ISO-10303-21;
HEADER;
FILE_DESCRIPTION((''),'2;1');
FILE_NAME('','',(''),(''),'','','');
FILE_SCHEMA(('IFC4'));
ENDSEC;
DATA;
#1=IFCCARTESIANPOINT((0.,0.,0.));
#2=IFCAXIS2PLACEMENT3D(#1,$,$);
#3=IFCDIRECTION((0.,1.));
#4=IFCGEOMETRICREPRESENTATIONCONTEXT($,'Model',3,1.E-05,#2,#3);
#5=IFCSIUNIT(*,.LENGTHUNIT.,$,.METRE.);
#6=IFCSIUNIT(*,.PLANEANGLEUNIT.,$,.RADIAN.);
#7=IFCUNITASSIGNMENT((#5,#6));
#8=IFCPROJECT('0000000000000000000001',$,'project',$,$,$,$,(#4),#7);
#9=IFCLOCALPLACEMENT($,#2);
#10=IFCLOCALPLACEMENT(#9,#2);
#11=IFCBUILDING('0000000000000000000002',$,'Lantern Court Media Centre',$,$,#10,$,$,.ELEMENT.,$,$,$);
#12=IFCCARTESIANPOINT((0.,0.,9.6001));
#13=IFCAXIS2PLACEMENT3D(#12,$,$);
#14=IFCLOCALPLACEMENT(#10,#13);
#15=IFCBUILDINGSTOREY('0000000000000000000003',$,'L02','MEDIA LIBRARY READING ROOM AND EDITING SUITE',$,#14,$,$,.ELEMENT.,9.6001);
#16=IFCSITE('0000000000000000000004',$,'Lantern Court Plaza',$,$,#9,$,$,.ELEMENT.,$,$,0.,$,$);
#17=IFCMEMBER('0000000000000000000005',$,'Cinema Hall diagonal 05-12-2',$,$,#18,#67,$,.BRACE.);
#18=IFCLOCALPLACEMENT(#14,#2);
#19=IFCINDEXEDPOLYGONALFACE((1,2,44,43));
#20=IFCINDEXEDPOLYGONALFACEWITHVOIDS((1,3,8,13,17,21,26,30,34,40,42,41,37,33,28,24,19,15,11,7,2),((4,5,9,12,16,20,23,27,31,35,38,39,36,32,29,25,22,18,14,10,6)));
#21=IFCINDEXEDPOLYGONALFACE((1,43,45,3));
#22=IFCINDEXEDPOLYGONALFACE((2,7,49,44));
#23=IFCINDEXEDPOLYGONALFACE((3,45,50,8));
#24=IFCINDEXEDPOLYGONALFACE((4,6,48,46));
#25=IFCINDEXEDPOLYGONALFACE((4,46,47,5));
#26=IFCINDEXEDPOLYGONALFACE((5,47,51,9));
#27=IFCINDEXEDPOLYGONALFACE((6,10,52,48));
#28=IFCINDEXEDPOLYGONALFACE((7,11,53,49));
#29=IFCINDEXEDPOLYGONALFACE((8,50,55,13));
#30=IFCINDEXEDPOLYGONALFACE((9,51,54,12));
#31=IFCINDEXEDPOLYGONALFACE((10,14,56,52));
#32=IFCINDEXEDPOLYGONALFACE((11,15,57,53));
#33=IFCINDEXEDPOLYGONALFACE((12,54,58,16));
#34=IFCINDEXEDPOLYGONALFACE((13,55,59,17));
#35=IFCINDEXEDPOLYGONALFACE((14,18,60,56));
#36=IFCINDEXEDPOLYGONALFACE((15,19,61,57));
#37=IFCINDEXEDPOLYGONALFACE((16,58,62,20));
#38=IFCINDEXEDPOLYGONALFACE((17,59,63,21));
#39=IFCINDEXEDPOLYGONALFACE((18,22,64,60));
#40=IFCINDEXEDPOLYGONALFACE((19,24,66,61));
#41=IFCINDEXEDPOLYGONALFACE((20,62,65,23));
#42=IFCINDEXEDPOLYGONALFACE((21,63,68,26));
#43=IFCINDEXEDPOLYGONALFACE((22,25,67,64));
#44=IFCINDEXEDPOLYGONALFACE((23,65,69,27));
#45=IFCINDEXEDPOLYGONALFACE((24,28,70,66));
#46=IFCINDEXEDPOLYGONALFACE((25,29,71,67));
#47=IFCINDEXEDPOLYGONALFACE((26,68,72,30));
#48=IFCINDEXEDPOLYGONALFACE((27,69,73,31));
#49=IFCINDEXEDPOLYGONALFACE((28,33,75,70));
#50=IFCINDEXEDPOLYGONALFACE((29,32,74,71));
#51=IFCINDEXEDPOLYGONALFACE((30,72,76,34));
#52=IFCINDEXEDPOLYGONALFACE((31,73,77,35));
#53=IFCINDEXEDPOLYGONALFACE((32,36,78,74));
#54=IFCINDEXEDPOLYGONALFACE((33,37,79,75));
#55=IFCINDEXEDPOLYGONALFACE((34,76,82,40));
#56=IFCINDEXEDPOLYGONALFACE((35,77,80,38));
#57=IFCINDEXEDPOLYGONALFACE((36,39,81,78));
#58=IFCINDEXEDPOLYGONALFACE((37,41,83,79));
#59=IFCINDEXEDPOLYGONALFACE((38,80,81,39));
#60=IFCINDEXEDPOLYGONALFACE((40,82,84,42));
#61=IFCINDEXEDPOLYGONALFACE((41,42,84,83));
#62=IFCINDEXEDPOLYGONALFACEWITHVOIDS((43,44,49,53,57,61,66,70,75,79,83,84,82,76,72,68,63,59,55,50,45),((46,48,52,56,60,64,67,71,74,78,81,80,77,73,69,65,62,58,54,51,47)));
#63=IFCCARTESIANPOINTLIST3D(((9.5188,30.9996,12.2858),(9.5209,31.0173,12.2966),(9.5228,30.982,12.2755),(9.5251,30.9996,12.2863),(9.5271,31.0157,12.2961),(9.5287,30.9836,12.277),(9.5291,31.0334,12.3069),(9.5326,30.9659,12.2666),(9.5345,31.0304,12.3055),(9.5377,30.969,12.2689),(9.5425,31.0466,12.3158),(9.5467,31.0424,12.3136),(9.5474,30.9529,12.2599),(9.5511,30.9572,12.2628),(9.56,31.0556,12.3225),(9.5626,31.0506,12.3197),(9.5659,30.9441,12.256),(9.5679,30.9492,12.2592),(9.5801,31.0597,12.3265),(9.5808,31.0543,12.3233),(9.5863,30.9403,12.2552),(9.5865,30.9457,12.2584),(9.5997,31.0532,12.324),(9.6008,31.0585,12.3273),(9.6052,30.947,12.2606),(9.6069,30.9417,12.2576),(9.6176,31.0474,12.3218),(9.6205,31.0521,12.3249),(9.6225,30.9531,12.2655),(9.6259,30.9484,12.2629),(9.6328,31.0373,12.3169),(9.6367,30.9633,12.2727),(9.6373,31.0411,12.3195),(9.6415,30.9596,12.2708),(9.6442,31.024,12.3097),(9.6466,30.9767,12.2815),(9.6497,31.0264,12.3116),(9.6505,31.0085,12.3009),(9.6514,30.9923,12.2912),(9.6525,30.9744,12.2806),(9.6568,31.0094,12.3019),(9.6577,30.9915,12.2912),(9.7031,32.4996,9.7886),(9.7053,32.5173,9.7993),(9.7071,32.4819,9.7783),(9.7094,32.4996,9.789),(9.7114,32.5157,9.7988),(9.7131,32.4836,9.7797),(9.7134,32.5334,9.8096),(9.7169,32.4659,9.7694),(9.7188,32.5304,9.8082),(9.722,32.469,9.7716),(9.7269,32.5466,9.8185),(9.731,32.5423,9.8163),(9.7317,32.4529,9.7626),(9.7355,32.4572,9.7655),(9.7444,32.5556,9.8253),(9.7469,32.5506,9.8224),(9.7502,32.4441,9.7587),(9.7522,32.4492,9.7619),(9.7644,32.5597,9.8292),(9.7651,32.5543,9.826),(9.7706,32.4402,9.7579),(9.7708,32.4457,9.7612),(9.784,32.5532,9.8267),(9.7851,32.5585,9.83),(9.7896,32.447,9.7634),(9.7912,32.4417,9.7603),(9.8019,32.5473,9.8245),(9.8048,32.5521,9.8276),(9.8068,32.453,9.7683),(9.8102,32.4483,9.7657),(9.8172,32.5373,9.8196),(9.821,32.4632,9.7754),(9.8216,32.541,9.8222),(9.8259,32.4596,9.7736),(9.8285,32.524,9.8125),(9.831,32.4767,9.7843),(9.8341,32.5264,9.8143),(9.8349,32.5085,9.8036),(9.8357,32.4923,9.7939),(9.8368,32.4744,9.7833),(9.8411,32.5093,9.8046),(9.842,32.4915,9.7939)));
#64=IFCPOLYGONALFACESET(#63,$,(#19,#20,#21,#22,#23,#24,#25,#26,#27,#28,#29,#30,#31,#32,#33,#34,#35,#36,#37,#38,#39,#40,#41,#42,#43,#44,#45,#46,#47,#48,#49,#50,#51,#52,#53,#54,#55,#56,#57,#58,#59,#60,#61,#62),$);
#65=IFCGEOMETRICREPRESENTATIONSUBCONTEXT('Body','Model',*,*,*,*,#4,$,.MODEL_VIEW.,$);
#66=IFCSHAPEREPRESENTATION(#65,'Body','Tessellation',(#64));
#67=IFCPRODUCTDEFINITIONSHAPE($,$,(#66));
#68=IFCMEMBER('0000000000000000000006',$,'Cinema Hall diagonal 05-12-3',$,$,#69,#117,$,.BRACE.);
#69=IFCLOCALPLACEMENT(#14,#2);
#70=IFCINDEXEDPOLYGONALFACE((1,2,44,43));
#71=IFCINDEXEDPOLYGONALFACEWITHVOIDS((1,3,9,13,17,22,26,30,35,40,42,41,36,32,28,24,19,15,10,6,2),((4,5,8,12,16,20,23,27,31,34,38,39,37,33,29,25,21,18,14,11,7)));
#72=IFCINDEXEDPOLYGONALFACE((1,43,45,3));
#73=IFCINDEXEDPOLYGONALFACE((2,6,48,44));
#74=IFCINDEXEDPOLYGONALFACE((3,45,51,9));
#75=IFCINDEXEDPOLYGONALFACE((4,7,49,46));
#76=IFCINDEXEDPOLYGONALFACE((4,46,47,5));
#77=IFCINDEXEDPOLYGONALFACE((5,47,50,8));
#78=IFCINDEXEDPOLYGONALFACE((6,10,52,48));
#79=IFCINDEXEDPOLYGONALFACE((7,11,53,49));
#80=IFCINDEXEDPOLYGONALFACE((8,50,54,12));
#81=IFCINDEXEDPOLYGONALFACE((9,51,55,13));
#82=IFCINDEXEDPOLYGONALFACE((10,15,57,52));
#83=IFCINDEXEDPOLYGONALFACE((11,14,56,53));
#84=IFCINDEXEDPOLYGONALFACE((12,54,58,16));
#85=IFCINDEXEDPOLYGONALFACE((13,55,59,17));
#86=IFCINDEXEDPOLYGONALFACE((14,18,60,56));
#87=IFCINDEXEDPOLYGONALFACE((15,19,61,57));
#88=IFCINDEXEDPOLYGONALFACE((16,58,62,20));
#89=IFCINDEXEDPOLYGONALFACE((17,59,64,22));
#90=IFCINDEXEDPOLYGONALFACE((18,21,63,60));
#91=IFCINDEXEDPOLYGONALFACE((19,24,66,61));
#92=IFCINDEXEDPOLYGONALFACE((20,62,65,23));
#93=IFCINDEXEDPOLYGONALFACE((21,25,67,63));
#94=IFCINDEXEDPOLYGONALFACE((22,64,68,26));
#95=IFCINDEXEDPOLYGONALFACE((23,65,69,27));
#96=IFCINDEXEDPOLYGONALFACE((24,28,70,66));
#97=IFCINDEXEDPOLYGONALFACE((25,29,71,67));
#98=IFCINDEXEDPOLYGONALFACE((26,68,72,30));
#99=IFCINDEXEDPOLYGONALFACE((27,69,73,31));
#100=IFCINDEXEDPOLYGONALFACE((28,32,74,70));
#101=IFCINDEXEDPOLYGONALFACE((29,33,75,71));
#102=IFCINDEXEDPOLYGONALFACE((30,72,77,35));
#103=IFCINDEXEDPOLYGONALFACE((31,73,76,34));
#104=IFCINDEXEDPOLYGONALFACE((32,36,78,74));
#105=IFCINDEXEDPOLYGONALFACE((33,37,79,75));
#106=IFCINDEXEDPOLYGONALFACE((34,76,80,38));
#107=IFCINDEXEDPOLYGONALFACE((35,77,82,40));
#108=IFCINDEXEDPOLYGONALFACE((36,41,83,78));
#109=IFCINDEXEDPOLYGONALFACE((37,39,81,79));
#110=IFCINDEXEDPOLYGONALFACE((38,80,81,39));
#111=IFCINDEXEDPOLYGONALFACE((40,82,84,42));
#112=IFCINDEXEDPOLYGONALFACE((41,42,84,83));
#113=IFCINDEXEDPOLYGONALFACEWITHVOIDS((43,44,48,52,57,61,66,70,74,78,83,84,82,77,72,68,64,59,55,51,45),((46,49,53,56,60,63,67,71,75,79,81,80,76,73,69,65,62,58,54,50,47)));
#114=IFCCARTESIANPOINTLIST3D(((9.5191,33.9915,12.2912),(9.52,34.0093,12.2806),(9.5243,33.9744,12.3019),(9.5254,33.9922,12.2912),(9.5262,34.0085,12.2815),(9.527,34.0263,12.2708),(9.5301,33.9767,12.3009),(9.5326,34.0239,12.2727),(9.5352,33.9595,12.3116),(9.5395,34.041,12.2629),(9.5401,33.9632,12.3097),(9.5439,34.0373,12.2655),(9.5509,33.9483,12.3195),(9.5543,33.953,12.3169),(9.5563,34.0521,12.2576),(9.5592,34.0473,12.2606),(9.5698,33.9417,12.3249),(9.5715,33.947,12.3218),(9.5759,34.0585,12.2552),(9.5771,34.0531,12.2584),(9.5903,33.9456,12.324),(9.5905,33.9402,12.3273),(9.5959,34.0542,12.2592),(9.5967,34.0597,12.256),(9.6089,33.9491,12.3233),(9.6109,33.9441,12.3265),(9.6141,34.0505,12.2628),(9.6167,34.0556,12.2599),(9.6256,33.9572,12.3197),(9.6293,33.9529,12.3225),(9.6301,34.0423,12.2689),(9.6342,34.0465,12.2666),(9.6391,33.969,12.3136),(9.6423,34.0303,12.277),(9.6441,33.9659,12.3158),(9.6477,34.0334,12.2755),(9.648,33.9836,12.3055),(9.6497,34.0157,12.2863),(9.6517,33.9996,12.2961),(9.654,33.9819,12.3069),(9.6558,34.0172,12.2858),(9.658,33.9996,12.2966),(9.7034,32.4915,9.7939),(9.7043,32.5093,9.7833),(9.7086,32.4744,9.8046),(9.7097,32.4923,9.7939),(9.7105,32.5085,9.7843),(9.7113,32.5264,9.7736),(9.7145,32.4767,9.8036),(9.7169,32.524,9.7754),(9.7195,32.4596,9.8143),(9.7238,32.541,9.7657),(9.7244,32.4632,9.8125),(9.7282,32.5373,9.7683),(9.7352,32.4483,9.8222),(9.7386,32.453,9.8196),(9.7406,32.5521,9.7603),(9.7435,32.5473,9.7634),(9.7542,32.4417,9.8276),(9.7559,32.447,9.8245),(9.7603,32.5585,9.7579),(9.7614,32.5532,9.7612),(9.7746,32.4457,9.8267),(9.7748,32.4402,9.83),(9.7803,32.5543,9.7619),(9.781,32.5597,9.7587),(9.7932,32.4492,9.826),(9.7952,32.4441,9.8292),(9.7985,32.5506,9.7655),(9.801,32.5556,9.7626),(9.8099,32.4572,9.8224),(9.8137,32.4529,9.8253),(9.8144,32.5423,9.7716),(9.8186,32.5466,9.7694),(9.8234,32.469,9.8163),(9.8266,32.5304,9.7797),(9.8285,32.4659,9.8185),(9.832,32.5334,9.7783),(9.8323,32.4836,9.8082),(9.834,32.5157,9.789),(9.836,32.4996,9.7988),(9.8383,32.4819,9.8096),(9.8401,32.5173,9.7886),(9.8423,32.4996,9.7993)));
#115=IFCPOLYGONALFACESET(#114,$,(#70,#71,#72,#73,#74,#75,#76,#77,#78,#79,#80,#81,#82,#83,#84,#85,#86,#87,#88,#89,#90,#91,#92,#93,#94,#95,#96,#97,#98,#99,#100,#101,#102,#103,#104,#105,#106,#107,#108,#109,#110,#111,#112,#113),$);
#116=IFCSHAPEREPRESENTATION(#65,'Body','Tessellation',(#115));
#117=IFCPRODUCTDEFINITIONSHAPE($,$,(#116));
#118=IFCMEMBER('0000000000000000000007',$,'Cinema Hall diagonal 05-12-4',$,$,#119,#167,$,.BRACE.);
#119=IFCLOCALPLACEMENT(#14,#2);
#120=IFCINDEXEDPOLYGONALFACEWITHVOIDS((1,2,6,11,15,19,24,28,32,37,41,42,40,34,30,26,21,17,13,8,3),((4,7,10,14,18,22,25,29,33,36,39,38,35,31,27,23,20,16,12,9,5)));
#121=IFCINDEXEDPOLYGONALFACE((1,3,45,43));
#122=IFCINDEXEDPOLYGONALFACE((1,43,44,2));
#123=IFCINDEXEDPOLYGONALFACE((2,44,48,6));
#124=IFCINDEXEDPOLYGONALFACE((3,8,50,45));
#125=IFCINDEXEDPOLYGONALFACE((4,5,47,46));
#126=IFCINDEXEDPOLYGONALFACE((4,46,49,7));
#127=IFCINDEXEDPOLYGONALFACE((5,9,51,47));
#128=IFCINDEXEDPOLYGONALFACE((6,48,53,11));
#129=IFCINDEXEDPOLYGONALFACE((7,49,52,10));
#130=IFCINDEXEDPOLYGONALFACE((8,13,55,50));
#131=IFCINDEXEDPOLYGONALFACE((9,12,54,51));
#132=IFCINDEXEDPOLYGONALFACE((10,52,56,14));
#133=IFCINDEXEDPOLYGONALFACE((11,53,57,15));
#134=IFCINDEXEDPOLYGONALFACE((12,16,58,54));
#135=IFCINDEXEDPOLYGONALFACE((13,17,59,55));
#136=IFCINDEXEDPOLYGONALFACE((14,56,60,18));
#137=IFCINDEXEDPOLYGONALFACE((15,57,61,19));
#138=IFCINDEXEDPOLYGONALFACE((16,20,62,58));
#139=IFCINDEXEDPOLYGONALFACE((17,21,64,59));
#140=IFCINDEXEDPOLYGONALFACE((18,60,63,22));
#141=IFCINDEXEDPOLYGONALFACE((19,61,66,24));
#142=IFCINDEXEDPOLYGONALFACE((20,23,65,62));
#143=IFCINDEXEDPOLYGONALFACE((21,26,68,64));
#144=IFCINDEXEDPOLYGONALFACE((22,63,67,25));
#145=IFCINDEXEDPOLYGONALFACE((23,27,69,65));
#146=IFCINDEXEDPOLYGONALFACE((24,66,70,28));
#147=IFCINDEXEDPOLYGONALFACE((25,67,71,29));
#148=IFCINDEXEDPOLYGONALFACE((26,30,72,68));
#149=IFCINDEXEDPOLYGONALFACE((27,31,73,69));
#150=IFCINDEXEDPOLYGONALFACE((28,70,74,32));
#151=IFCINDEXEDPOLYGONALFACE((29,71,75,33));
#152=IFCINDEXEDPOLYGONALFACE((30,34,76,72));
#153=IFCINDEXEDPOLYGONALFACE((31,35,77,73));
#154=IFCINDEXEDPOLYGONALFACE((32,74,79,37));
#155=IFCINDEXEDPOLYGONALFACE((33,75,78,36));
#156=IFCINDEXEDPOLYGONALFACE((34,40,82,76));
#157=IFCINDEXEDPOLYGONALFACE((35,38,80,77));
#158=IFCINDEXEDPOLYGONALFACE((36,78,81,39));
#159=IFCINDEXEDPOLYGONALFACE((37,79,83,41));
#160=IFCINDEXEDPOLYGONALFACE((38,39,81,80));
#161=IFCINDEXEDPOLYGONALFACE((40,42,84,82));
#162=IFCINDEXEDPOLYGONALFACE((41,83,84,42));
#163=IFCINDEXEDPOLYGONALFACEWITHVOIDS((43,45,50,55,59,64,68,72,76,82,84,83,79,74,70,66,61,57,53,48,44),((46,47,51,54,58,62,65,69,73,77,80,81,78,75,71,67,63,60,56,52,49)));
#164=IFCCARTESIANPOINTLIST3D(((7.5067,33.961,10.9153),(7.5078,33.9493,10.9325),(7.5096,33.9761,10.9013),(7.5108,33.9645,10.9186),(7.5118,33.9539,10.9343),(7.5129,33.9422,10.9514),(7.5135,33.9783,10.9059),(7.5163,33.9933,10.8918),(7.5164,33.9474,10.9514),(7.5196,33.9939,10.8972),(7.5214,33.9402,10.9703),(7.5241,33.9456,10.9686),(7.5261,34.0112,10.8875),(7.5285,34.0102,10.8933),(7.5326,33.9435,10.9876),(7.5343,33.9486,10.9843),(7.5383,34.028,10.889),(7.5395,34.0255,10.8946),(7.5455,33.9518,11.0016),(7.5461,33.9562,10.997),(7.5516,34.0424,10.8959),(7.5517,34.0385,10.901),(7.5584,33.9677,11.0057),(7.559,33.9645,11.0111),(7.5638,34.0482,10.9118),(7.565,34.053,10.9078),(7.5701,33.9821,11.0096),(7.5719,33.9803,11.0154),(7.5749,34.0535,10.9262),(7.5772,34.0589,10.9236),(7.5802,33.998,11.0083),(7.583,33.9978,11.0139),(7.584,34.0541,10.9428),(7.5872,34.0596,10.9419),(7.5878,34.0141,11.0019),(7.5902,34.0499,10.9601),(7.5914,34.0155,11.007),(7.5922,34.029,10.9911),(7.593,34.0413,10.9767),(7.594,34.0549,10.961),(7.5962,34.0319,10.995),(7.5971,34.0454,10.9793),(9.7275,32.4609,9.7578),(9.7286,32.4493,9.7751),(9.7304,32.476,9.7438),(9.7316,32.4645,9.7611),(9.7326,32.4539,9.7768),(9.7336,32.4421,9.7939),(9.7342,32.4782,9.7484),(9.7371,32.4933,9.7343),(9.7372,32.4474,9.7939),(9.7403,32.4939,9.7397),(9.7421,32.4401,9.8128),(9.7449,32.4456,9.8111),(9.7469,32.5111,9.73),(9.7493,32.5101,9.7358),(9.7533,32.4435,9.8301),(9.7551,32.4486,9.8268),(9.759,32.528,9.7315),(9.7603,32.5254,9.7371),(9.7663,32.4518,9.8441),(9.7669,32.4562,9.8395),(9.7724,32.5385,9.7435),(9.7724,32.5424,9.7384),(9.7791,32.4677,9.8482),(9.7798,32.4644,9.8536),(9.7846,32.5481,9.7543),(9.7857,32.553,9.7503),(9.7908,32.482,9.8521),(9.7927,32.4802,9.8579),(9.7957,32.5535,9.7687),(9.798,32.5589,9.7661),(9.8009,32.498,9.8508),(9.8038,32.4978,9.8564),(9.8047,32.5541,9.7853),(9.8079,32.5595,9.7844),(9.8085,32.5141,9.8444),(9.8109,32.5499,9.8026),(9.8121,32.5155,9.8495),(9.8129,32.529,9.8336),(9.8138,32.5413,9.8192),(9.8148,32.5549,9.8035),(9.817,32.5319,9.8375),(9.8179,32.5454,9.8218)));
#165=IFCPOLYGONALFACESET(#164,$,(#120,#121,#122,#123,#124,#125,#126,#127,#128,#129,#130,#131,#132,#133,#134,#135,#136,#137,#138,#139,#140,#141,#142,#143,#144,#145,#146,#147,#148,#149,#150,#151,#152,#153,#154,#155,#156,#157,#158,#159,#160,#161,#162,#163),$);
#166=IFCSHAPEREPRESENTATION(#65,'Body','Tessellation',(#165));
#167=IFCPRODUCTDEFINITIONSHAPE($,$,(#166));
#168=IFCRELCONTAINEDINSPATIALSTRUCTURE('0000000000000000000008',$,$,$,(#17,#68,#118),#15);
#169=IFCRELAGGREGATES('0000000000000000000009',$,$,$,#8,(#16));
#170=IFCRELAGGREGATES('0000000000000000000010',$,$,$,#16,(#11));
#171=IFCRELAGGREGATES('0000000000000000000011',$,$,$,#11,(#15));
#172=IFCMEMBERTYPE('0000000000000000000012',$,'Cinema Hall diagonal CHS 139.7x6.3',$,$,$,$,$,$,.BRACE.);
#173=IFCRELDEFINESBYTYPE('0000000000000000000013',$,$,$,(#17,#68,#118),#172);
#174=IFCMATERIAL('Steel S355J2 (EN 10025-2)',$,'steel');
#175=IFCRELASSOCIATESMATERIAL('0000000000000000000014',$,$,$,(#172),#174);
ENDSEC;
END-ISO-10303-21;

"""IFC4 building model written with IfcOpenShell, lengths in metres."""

from ifc_helpers import new_model, si_unit, direction, frame, origin, origin_2d, place, context, subcontext, project, spatial, hollow_circle, extrude, material, material_profile, profile_set, type_object, element, save


model = new_model("IFC4")

# Units and contexts
model_context = context("Model", 3, precision=1e-05, world=origin(), true_north=direction((0.0, 1.0)))
body_context = subcontext(model_context, "Body", "Model", "MODEL_VIEW")
ifc_project = project(units=[si_unit("LENGTHUNIT", "METRE"), si_unit("PLANEANGLEUNIT", "RADIAN")], contexts=[model_context])

# Site, building, storey
site_placement = place(None, origin())
site = spatial("IfcSite", under=ifc_project, at=site_placement, Name="Lantern Court Plaza", CompositionType="ELEMENT", RefElevation=0.0)
building_placement = place(site_placement, origin())
building = spatial("IfcBuilding", under=site, at=building_placement, Name="Lantern Court Media Centre", CompositionType="ELEMENT")
storey_placement = place(building_placement, frame((0.0, 0.0, 9.6001)))
storey = spatial("IfcBuildingStorey", under=building, at=storey_placement, Name="L02", Description="MEDIA LIBRARY READING ROOM AND EDITING SUITE", CompositionType="ELEMENT", Elevation=9.6001)

# Members
ifc_material = material(Name="Steel S355J2 (EN 10025-2)", Category="steel")
ifc_material_profile_1 = material_profile(ifc_material, hollow_circle(Radius=0.0698, WallThickness=0.0063, at=origin_2d()), Name="Cinema Hall diagonal CHS 139.7x6.3")
ifc_profile_set_1 = profile_set([ifc_material_profile_1], Name="Steel S355J2 (EN 10025-2)")
member_type_1 = type_object("IfcMemberType", Name="Cinema Hall diagonal CHS 139.7x6.3", PredefinedType="BRACE", material=ifc_profile_set_1)
for number, where, z_axis, x_axis, name in (
    (1, (9.7727, 32.5, 9.7939), (-0.063147, -0.513875, 0.855538), (0.992534, -0.121967, 0.0), "Cinema Hall diagonal 05-12-2"),
    (2, (9.7727, 32.5, 9.7939), (-0.063147, 0.513875, 0.855538), (-0.992534, -0.121967, 0.0), "Cinema Hall diagonal 05-12-3"),
):
    element("IfcMember", number, at=place(storey_placement, frame(where, z_axis=z_axis, x_axis=x_axis)), inside=storey, type_object=member_type_1, Name=name, PredefinedType="BRACE", context=body_context, shape_type="SweptSolid", body=[
        extrude(hollow_circle(Radius=0.0698, WallThickness=0.0063, at=origin_2d()), origin(), (0.0, 0.0, 1.0), 2.9189),
    ])
member_1_placement = place(storey_placement, frame((9.7727, 32.5, 9.7939), z_axis=(-0.760744, 0.513854, 0.396514), x_axis=(-0.559736, -0.828671, 0.0)))
element("IfcMember", 3, at=member_1_placement, inside=storey, type_object=member_type_1, Name="Cinema Hall diagonal 05-12-4", PredefinedType="BRACE", context=body_context, shape_type="SweptSolid", body=[
    extrude(hollow_circle(Radius=0.0698, WallThickness=0.0063, at=origin_2d()), origin(), (0.0, 0.0, 1.0), 2.9192),
])

save(model, "model.ifc")
